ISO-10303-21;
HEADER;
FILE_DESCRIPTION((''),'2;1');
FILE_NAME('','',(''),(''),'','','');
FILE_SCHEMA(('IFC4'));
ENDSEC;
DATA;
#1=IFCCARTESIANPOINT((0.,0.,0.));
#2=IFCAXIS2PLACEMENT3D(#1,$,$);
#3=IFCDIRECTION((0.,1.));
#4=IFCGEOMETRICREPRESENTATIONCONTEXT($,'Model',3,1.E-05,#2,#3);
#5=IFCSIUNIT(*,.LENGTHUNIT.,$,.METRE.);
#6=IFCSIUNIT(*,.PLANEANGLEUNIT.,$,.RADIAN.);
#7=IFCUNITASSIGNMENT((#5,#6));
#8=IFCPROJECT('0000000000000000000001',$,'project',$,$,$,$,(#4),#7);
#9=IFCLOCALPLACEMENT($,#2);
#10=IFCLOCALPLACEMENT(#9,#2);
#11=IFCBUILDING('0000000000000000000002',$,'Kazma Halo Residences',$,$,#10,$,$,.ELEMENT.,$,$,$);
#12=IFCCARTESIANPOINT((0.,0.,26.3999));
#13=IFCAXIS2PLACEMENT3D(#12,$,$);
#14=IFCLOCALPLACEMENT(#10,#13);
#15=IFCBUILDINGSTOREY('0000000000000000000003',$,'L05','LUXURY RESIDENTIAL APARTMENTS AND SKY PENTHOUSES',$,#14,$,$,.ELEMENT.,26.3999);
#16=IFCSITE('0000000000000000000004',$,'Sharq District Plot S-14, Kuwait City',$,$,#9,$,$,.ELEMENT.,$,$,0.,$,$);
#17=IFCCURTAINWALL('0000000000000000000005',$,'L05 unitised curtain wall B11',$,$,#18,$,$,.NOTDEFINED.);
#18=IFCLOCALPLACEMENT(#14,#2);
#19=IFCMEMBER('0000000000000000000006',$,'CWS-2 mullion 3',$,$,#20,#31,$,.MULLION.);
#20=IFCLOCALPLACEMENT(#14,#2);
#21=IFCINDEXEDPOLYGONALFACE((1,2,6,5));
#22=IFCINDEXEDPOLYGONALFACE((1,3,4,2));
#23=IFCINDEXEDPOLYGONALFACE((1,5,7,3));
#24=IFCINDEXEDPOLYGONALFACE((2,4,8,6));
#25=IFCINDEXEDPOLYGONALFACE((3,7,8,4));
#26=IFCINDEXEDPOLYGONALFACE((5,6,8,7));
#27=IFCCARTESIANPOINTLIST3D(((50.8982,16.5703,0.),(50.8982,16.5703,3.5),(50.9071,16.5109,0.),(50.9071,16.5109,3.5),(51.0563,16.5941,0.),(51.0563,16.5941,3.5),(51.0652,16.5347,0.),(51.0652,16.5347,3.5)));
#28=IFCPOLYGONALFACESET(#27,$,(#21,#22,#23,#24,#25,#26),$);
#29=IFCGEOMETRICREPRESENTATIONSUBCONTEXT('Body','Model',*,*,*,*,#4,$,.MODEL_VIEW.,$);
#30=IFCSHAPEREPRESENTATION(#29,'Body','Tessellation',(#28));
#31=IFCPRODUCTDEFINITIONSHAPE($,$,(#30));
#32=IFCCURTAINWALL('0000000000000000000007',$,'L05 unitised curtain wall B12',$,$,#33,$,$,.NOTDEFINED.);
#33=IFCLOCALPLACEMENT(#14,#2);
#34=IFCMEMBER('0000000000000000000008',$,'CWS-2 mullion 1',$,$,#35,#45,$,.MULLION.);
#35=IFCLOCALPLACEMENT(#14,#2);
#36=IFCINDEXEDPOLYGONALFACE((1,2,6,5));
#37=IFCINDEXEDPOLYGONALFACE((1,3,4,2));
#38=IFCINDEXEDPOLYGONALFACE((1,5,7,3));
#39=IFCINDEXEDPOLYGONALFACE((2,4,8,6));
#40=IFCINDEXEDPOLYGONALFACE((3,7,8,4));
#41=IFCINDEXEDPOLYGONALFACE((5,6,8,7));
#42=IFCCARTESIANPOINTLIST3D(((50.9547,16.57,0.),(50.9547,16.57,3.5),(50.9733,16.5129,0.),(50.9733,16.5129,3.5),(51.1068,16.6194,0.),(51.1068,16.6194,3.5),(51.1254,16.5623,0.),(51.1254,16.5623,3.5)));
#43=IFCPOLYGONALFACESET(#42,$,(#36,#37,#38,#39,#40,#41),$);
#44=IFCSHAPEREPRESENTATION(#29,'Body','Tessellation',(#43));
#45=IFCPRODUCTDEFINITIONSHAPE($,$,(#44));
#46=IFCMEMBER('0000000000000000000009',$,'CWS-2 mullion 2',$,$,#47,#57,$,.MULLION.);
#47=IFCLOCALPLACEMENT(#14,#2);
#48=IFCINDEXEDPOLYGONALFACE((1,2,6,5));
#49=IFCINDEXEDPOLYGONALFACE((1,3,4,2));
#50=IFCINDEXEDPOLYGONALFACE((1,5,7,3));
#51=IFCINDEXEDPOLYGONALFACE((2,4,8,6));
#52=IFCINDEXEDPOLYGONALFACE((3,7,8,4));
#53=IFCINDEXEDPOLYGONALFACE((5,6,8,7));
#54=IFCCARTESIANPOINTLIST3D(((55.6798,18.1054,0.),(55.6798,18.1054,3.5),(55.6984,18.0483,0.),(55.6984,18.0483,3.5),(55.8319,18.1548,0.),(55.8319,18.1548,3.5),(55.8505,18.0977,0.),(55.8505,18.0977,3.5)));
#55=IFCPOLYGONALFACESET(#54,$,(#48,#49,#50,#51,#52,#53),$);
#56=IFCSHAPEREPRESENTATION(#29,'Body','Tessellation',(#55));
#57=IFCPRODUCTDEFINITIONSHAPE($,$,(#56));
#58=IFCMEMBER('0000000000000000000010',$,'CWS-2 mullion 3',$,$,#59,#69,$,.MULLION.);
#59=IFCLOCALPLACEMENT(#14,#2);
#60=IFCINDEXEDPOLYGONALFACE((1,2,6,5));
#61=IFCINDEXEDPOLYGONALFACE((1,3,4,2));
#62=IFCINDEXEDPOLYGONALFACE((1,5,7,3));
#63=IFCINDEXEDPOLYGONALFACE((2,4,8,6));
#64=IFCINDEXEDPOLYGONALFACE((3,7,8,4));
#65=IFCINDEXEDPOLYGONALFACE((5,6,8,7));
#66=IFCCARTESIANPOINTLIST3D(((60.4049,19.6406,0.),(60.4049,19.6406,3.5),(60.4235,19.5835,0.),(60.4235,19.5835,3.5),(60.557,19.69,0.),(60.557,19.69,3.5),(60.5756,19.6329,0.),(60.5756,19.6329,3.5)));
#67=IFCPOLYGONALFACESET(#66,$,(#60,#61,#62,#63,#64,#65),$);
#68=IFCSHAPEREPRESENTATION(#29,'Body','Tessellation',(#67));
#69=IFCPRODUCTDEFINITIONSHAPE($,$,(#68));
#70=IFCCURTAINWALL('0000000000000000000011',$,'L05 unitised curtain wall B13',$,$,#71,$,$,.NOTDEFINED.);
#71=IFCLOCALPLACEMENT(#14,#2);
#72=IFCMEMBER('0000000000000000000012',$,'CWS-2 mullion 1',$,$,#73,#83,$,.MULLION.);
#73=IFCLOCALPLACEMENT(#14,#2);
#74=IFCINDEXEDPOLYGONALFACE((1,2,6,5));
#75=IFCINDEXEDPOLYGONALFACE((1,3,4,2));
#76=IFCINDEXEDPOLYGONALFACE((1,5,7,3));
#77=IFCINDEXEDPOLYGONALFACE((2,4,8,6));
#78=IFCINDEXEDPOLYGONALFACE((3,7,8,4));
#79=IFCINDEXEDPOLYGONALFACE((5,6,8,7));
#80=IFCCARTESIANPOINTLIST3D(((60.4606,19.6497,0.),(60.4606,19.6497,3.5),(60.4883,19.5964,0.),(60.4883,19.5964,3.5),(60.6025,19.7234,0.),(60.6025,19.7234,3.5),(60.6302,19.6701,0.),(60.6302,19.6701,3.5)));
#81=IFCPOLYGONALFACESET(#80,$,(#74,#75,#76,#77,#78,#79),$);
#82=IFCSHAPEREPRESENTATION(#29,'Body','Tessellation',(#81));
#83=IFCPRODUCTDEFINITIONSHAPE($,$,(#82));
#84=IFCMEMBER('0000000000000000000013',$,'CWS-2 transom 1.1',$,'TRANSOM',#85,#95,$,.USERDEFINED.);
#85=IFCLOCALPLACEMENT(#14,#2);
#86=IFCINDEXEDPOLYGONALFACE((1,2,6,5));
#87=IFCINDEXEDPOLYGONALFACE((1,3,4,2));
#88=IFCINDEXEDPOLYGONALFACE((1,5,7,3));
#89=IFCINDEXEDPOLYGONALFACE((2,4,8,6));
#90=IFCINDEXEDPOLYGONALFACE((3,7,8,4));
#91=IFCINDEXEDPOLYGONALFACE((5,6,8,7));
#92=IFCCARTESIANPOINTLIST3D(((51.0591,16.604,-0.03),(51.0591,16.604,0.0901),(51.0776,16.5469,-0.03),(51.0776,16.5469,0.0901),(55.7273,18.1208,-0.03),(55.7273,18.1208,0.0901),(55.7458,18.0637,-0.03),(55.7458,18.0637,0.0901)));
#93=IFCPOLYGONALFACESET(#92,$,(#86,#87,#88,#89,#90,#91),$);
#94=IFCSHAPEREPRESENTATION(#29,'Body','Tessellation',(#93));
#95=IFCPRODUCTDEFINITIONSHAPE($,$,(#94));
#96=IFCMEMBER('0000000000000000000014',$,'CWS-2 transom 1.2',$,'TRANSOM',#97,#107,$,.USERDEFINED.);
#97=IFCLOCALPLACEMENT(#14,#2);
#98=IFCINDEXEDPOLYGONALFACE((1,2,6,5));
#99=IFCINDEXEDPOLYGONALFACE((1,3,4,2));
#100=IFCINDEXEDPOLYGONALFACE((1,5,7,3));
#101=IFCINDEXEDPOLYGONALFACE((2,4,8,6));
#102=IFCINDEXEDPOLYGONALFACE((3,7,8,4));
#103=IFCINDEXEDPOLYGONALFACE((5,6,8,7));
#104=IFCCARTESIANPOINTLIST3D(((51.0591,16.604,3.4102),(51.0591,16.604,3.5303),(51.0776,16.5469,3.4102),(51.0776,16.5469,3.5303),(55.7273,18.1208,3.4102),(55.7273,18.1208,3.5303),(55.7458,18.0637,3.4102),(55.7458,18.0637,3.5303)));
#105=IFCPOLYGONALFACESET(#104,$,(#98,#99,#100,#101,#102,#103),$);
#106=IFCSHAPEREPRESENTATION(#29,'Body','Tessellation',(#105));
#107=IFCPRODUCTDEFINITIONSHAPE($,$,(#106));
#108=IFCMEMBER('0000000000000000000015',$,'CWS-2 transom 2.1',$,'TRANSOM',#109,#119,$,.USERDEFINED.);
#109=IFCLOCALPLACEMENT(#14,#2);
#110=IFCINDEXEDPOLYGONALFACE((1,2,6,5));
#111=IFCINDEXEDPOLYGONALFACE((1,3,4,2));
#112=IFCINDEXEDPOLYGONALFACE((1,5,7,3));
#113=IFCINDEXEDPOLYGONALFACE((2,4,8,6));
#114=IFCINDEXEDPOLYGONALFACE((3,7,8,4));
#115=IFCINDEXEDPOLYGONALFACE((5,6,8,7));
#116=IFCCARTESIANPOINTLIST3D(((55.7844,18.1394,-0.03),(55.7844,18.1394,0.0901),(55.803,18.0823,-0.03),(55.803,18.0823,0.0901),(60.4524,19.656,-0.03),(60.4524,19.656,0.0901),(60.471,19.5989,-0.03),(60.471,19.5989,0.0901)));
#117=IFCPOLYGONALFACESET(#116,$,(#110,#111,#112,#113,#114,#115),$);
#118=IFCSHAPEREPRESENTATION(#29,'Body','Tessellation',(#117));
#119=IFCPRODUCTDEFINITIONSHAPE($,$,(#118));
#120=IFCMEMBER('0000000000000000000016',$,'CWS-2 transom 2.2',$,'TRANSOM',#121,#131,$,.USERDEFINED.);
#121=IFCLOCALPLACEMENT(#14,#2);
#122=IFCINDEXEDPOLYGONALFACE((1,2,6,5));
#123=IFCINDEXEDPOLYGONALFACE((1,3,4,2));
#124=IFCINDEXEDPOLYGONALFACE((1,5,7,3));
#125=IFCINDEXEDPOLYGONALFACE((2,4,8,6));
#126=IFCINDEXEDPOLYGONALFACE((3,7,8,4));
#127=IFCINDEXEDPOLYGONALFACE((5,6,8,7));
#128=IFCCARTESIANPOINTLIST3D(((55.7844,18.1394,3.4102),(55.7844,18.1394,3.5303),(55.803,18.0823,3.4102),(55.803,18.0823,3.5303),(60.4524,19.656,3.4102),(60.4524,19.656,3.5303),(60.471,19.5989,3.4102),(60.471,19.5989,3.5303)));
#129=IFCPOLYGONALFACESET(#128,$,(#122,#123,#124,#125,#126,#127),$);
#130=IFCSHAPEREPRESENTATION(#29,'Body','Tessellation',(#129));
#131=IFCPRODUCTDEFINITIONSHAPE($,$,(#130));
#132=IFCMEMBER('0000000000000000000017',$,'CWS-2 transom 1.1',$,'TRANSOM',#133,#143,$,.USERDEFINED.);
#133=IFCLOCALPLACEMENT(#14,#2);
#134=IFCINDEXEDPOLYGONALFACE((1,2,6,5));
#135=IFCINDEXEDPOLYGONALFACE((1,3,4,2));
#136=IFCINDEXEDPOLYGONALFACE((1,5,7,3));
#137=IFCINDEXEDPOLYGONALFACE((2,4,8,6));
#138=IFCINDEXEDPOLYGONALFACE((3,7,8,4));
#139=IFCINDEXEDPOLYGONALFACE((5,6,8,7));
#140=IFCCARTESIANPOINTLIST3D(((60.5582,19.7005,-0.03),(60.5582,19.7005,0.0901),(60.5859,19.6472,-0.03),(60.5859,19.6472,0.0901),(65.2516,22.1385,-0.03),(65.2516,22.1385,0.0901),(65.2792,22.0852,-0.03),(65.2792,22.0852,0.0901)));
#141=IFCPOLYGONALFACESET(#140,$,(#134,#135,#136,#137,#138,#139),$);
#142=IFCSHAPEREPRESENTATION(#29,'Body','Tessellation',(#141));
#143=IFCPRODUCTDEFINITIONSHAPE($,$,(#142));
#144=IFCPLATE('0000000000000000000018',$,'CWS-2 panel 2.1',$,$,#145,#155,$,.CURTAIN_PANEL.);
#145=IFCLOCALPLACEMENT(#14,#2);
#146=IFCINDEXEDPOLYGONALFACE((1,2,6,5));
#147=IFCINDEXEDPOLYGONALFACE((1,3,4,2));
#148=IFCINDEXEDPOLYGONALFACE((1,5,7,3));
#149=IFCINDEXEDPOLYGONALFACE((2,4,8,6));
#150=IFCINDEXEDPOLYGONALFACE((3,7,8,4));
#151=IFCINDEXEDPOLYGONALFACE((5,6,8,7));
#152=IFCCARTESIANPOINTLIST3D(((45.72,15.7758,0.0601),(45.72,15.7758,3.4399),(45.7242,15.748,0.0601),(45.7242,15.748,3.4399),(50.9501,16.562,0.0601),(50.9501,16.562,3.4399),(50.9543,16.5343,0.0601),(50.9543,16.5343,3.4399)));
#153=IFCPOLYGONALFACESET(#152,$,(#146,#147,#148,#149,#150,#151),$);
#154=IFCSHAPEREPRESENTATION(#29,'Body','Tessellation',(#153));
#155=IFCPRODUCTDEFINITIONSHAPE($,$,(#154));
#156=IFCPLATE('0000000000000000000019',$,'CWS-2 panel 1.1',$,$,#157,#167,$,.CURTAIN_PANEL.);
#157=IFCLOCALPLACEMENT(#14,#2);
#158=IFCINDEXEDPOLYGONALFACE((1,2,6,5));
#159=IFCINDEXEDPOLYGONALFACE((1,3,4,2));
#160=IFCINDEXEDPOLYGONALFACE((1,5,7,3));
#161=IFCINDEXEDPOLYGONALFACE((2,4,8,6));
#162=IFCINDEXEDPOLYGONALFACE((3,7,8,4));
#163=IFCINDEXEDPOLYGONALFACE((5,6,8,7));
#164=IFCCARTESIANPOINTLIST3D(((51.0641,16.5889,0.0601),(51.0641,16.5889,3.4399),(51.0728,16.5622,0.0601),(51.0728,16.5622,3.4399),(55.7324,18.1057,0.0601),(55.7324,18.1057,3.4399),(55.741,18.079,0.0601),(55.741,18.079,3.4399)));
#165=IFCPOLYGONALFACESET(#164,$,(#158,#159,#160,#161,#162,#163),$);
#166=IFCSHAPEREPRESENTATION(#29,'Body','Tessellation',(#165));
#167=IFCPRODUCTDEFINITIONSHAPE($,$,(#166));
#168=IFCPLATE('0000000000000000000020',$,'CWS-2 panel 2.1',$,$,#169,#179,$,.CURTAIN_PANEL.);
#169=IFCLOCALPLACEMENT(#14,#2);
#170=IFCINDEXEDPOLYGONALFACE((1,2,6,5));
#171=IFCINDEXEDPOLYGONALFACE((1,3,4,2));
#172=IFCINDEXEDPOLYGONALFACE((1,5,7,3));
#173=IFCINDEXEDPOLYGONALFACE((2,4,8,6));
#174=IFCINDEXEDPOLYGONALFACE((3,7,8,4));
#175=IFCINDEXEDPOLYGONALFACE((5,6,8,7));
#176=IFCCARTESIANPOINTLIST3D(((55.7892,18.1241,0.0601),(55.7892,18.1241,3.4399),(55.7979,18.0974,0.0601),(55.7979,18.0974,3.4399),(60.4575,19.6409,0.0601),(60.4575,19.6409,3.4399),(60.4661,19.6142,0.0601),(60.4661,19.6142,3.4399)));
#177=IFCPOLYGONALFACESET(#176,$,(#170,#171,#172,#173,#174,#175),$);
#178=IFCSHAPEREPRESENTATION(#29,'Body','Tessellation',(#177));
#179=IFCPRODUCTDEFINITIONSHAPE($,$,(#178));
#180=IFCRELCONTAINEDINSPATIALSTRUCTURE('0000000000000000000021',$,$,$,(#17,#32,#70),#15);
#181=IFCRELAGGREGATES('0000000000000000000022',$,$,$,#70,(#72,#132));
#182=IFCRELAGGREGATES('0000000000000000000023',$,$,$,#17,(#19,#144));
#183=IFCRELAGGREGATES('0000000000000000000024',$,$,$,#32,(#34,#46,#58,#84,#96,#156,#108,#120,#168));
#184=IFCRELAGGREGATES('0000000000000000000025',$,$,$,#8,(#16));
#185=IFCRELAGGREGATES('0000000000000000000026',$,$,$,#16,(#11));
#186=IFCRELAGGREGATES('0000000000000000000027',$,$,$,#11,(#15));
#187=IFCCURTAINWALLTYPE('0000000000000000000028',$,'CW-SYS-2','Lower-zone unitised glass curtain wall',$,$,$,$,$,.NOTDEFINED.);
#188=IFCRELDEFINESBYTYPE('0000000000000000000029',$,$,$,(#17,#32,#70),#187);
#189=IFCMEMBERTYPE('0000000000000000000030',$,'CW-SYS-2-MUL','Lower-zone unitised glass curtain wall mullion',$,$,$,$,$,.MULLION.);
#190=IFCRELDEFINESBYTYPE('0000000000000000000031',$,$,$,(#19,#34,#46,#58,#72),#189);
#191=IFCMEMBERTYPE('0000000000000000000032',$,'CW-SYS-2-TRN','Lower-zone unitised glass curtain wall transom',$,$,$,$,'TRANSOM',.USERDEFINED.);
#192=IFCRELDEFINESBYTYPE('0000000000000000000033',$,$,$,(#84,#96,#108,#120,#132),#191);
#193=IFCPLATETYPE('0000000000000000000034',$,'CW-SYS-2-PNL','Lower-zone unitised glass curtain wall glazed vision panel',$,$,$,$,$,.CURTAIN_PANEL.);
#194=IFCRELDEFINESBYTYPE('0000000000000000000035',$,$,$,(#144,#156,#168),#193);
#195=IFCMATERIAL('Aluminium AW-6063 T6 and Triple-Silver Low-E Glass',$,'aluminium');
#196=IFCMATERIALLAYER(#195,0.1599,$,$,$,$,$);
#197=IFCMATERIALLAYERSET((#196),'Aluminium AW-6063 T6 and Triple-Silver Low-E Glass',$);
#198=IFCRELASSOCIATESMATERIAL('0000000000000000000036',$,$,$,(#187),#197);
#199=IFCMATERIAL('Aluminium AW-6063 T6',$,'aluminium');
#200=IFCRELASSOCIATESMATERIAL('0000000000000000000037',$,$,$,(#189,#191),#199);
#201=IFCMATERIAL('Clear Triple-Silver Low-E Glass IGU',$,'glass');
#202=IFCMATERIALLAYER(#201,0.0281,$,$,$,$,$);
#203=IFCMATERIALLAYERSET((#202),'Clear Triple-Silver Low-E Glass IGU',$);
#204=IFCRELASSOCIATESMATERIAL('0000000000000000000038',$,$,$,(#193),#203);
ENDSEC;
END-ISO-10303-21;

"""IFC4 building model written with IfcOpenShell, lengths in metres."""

from ifc_helpers import new_model, si_unit, direction, frame, origin, origin_2d, place, context, subcontext, project, spatial, rectangle, extrude, material, layer, layer_set, material_profile, profile_set, type_object, element, aggregate, save


model = new_model("IFC4")

# Units and contexts
model_context = context("Model", 3, precision=1e-05, world=origin(), true_north=direction((0.0, 1.0)))
body_context = subcontext(model_context, "Body", "Model", "MODEL_VIEW")
ifc_project = project(units=[si_unit("LENGTHUNIT", "METRE"), si_unit("PLANEANGLEUNIT", "RADIAN")], contexts=[model_context])

# Site, building, storey
site_placement = place(None, origin())
site = spatial("IfcSite", under=ifc_project, at=site_placement, Name="Sharq District Plot S-14, Kuwait City", CompositionType="ELEMENT", RefElevation=0.0)
building_placement = place(site_placement, origin())
building = spatial("IfcBuilding", under=site, at=building_placement, Name="Kazma Halo Residences", CompositionType="ELEMENT")
storey_placement = place(building_placement, frame((0.0, 0.0, 26.3999)))
storey = spatial("IfcBuildingStorey", under=building, at=storey_placement, Name="L05", Description="LUXURY RESIDENTIAL APARTMENTS AND SKY PENTHOUSES", CompositionType="ELEMENT", Elevation=26.3999)

# Curtain wall, member
ifc_material_1 = material(Name="Aluminium AW-6063 T6 and Triple-Silver Low-E Glass", Category="aluminium")
ifc_layer_1 = layer(ifc_material_1, 0.1599)
ifc_layer_set_1 = layer_set([ifc_layer_1], Name="Aluminium AW-6063 T6 and Triple-Silver Low-E Glass")
curtain_wall_type = type_object("IfcCurtainWallType", Name="CW-SYS-2", Description="Lower-zone unitised glass curtain wall", PredefinedType="NOTDEFINED", material=ifc_layer_set_1)
curtain_wall_1_placement = place(storey_placement, origin())
curtain_wall_1 = element("IfcCurtainWall", 1, at=curtain_wall_1_placement, inside=storey, type_object=curtain_wall_type, Name="L05 unitised curtain wall B11", PredefinedType="NOTDEFINED")
ifc_material_2 = material(Name="Aluminium AW-6063 T6", Category="aluminium")
ifc_material_profile_1 = material_profile(ifc_material_2, rectangle(XDim=0.0601, YDim=0.1599, at=origin_2d()), Name="CWM-60x160")
ifc_profile_set_1 = profile_set([ifc_material_profile_1], Name="Aluminium AW-6063 T6")
member_type_1 = type_object("IfcMemberType", Name="CW-SYS-2-MUL", Description="Lower-zone unitised glass curtain wall mullion", PredefinedType="MULLION", material=ifc_profile_set_1)
member_1_placement = place(storey_placement, frame((50.9817, 16.5525, 0.0), z_axis=(0.0, 0.0, 1.0), x_axis=(-0.148657, 0.988889, 0.0)))
member_1 = element("IfcMember", 2, at=member_1_placement, type_object=member_type_1, Name="CWS-2 mullion 3", PredefinedType="MULLION", context=body_context, shape_type="SweptSolid", body=[
    extrude(rectangle(XDim=0.0601, YDim=0.1599, at=origin_2d()), origin(), (0.0, 0.0, 1.0), 3.5),
])

# Curtain wall, members
curtain_wall_2_placement = place(storey_placement, origin())
curtain_wall_2 = element("IfcCurtainWall", 3, at=curtain_wall_2_placement, inside=storey, type_object=curtain_wall_type, Name="L05 unitised curtain wall B12", PredefinedType="NOTDEFINED")
member_2_placement = place(storey_placement, frame((51.04, 16.5662, 0.0), z_axis=(0.0, 0.0, 1.0), x_axis=(-0.309013, 0.951058, 0.0)))
member_2 = element("IfcMember", 4, at=member_2_placement, type_object=member_type_1, Name="CWS-2 mullion 1", PredefinedType="MULLION", context=body_context, shape_type="SweptSolid", body=[
    extrude(rectangle(XDim=0.0601, YDim=0.1599, at=origin_2d()), origin(), (0.0, 0.0, 1.0), 3.5),
])
member_3_placement = place(storey_placement, frame((55.7651, 18.1016, 0.0), z_axis=(0.0, 0.0, 1.0), x_axis=(-0.309013, 0.951058, 0.0)))
member_3 = element("IfcMember", 5, at=member_3_placement, type_object=member_type_1, Name="CWS-2 mullion 2", PredefinedType="MULLION", context=body_context, shape_type="SweptSolid", body=[
    extrude(rectangle(XDim=0.0601, YDim=0.1599, at=origin_2d()), origin(), (0.0, 0.0, 1.0), 3.5),
])
member_4_placement = place(storey_placement, frame((60.4902, 19.6367, 0.0), z_axis=(0.0, 0.0, 1.0), x_axis=(-0.309013, 0.951058, 0.0)))
member_4 = element("IfcMember", 6, at=member_4_placement, type_object=member_type_1, Name="CWS-2 mullion 3", PredefinedType="MULLION", context=body_context, shape_type="SweptSolid", body=[
    extrude(rectangle(XDim=0.0601, YDim=0.1599, at=origin_2d()), origin(), (0.0, 0.0, 1.0), 3.5),
])

# Curtain wall, member
curtain_wall_3_placement = place(storey_placement, origin())
curtain_wall_3 = element("IfcCurtainWall", 7, at=curtain_wall_3_placement, inside=storey, type_object=curtain_wall_type, Name="L05 unitised curtain wall B13", PredefinedType="NOTDEFINED")
member_5_placement = place(storey_placement, frame((60.5454, 19.6599, 0.0), z_axis=(0.0, 0.0, 1.0), x_axis=(-0.460996, 0.887402, 0.0)))
member_5 = element("IfcMember", 8, at=member_5_placement, type_object=member_type_1, Name="CWS-2 mullion 1", PredefinedType="MULLION", context=body_context, shape_type="SweptSolid", body=[
    extrude(rectangle(XDim=0.0601, YDim=0.1599, at=origin_2d()), origin(), (0.0, 0.0, 1.0), 3.5),
])

# Members
ifc_material_profile_2 = material_profile(ifc_material_2, rectangle(XDim=0.0601, YDim=0.1201, at=origin_2d()), Name="CWT-60x120")
ifc_profile_set_2 = profile_set([ifc_material_profile_2], Name="Aluminium AW-6063 T6")
member_type_2 = type_object("IfcMemberType", Name="CW-SYS-2-TRN", Description="Lower-zone unitised glass curtain wall transom", ElementType="TRANSOM", PredefinedType="USERDEFINED", material=ifc_profile_set_2)
member_6_placement = place(storey_placement, frame((51.0684, 16.5754, 0.03), z_axis=(0.951053, 0.309026, 0.0), x_axis=(-0.309026, 0.951053, 0.0)))
member_6 = element("IfcMember", 9, at=member_6_placement, type_object=member_type_2, Name="CWS-2 transom 1.1", ObjectType="TRANSOM", PredefinedType="USERDEFINED", context=body_context, shape_type="SweptSolid", body=[
    extrude(rectangle(XDim=0.0601, YDim=0.1201, at=origin_2d()), origin(), (0.0, 0.0, 1.0), 4.9084),
])
member_7_placement = place(storey_placement, frame((51.0684, 16.5754, 3.4702), z_axis=(0.951053, 0.309026, 0.0), x_axis=(-0.309026, 0.951053, 0.0)))
member_7 = element("IfcMember", 10, at=member_7_placement, type_object=member_type_2, Name="CWS-2 transom 1.2", ObjectType="TRANSOM", PredefinedType="USERDEFINED", context=body_context, shape_type="SweptSolid", body=[
    extrude(rectangle(XDim=0.0601, YDim=0.1201, at=origin_2d()), origin(), (0.0, 0.0, 1.0), 4.9084),
])
member_8_placement = place(storey_placement, frame((55.7937, 18.1108, 0.03), z_axis=(0.951063, 0.308996, 0.0), x_axis=(-0.308996, 0.951063, 0.0)))
member_8 = element("IfcMember", 11, at=member_8_placement, type_object=member_type_2, Name="CWS-2 transom 2.1", ObjectType="TRANSOM", PredefinedType="USERDEFINED", context=body_context, shape_type="SweptSolid", body=[
    extrude(rectangle(XDim=0.0601, YDim=0.1201, at=origin_2d()), origin(), (0.0, 0.0, 1.0), 4.9082),
])
member_9_placement = place(storey_placement, frame((55.7937, 18.1108, 3.4702), z_axis=(0.951063, 0.308996, 0.0), x_axis=(-0.308996, 0.951063, 0.0)))
member_9 = element("IfcMember", 12, at=member_9_placement, type_object=member_type_2, Name="CWS-2 transom 2.2", ObjectType="TRANSOM", PredefinedType="USERDEFINED", context=body_context, shape_type="SweptSolid", body=[
    extrude(rectangle(XDim=0.0601, YDim=0.1201, at=origin_2d()), origin(), (0.0, 0.0, 1.0), 4.9082),
])
member_10_placement = place(storey_placement, frame((60.572, 19.6738, 0.03), z_axis=(0.887415, 0.460972, 0.0), x_axis=(-0.460972, 0.887415, 0.0)))
member_10 = element("IfcMember", 13, at=member_10_placement, type_object=member_type_2, Name="CWS-2 transom 1.1", ObjectType="TRANSOM", PredefinedType="USERDEFINED", context=body_context, shape_type="SweptSolid", body=[
    extrude(rectangle(XDim=0.0601, YDim=0.1201, at=origin_2d()), origin(), (0.0, 0.0, 1.0), 5.2888),
])
aggregate(curtain_wall_3, [member_5, member_10])

# Plates
ifc_material_3 = material(Name="Clear Triple-Silver Low-E Glass IGU", Category="glass")
ifc_layer_2 = layer(ifc_material_3, 0.0281)
ifc_layer_set_2 = layer_set([ifc_layer_2], Name="Clear Triple-Silver Low-E Glass IGU")
plate_type = type_object("IfcPlateType", Name="CW-SYS-2-PNL", Description="Lower-zone unitised glass curtain wall glazed vision panel", PredefinedType="CURTAIN_PANEL", material=ifc_layer_set_2)
plate_1_placement = place(storey_placement, frame((48.3372, 16.155, 0.0601), z_axis=(0.0, 0.0, 1.0), x_axis=(0.988889, 0.148657, 0.0)))
plate_1 = element("IfcPlate", 14, at=plate_1_placement, type_object=plate_type, Name="CWS-2 panel 2.1", PredefinedType="CURTAIN_PANEL", context=body_context, shape_type="SweptSolid", body=[
    extrude(rectangle(XDim=5.2888, YDim=0.0281, at=origin_2d()), origin(), (0.0, 0.0, 1.0), 3.3799),
])
aggregate(curtain_wall_1, [member_1, plate_1])
plate_2_placement = place(storey_placement, frame((53.4026, 17.334, 0.0601), z_axis=(0.0, 0.0, 1.0), x_axis=(0.951058, 0.309013, 0.0)))
plate_2 = element("IfcPlate", 15, at=plate_2_placement, type_object=plate_type, Name="CWS-2 panel 1.1", PredefinedType="CURTAIN_PANEL", context=body_context, shape_type="SweptSolid", body=[
    extrude(rectangle(XDim=4.9084, YDim=0.0281, at=origin_2d()), origin(), (0.0, 0.0, 1.0), 3.3799),
])
plate_3_placement = place(storey_placement, frame((58.1277, 18.8691, 0.0601), z_axis=(0.0, 0.0, 1.0), x_axis=(0.951058, 0.309013, 0.0)))
plate_3 = element("IfcPlate", 16, at=plate_3_placement, type_object=plate_type, Name="CWS-2 panel 2.1", PredefinedType="CURTAIN_PANEL", context=body_context, shape_type="SweptSolid", body=[
    extrude(rectangle(XDim=4.9084, YDim=0.0281, at=origin_2d()), origin(), (0.0, 0.0, 1.0), 3.3799),
])
aggregate(curtain_wall_2, [member_2, member_3, member_4, member_6, member_7, plate_2, member_8, member_9, plate_3])

save(model, "model.ifc")
